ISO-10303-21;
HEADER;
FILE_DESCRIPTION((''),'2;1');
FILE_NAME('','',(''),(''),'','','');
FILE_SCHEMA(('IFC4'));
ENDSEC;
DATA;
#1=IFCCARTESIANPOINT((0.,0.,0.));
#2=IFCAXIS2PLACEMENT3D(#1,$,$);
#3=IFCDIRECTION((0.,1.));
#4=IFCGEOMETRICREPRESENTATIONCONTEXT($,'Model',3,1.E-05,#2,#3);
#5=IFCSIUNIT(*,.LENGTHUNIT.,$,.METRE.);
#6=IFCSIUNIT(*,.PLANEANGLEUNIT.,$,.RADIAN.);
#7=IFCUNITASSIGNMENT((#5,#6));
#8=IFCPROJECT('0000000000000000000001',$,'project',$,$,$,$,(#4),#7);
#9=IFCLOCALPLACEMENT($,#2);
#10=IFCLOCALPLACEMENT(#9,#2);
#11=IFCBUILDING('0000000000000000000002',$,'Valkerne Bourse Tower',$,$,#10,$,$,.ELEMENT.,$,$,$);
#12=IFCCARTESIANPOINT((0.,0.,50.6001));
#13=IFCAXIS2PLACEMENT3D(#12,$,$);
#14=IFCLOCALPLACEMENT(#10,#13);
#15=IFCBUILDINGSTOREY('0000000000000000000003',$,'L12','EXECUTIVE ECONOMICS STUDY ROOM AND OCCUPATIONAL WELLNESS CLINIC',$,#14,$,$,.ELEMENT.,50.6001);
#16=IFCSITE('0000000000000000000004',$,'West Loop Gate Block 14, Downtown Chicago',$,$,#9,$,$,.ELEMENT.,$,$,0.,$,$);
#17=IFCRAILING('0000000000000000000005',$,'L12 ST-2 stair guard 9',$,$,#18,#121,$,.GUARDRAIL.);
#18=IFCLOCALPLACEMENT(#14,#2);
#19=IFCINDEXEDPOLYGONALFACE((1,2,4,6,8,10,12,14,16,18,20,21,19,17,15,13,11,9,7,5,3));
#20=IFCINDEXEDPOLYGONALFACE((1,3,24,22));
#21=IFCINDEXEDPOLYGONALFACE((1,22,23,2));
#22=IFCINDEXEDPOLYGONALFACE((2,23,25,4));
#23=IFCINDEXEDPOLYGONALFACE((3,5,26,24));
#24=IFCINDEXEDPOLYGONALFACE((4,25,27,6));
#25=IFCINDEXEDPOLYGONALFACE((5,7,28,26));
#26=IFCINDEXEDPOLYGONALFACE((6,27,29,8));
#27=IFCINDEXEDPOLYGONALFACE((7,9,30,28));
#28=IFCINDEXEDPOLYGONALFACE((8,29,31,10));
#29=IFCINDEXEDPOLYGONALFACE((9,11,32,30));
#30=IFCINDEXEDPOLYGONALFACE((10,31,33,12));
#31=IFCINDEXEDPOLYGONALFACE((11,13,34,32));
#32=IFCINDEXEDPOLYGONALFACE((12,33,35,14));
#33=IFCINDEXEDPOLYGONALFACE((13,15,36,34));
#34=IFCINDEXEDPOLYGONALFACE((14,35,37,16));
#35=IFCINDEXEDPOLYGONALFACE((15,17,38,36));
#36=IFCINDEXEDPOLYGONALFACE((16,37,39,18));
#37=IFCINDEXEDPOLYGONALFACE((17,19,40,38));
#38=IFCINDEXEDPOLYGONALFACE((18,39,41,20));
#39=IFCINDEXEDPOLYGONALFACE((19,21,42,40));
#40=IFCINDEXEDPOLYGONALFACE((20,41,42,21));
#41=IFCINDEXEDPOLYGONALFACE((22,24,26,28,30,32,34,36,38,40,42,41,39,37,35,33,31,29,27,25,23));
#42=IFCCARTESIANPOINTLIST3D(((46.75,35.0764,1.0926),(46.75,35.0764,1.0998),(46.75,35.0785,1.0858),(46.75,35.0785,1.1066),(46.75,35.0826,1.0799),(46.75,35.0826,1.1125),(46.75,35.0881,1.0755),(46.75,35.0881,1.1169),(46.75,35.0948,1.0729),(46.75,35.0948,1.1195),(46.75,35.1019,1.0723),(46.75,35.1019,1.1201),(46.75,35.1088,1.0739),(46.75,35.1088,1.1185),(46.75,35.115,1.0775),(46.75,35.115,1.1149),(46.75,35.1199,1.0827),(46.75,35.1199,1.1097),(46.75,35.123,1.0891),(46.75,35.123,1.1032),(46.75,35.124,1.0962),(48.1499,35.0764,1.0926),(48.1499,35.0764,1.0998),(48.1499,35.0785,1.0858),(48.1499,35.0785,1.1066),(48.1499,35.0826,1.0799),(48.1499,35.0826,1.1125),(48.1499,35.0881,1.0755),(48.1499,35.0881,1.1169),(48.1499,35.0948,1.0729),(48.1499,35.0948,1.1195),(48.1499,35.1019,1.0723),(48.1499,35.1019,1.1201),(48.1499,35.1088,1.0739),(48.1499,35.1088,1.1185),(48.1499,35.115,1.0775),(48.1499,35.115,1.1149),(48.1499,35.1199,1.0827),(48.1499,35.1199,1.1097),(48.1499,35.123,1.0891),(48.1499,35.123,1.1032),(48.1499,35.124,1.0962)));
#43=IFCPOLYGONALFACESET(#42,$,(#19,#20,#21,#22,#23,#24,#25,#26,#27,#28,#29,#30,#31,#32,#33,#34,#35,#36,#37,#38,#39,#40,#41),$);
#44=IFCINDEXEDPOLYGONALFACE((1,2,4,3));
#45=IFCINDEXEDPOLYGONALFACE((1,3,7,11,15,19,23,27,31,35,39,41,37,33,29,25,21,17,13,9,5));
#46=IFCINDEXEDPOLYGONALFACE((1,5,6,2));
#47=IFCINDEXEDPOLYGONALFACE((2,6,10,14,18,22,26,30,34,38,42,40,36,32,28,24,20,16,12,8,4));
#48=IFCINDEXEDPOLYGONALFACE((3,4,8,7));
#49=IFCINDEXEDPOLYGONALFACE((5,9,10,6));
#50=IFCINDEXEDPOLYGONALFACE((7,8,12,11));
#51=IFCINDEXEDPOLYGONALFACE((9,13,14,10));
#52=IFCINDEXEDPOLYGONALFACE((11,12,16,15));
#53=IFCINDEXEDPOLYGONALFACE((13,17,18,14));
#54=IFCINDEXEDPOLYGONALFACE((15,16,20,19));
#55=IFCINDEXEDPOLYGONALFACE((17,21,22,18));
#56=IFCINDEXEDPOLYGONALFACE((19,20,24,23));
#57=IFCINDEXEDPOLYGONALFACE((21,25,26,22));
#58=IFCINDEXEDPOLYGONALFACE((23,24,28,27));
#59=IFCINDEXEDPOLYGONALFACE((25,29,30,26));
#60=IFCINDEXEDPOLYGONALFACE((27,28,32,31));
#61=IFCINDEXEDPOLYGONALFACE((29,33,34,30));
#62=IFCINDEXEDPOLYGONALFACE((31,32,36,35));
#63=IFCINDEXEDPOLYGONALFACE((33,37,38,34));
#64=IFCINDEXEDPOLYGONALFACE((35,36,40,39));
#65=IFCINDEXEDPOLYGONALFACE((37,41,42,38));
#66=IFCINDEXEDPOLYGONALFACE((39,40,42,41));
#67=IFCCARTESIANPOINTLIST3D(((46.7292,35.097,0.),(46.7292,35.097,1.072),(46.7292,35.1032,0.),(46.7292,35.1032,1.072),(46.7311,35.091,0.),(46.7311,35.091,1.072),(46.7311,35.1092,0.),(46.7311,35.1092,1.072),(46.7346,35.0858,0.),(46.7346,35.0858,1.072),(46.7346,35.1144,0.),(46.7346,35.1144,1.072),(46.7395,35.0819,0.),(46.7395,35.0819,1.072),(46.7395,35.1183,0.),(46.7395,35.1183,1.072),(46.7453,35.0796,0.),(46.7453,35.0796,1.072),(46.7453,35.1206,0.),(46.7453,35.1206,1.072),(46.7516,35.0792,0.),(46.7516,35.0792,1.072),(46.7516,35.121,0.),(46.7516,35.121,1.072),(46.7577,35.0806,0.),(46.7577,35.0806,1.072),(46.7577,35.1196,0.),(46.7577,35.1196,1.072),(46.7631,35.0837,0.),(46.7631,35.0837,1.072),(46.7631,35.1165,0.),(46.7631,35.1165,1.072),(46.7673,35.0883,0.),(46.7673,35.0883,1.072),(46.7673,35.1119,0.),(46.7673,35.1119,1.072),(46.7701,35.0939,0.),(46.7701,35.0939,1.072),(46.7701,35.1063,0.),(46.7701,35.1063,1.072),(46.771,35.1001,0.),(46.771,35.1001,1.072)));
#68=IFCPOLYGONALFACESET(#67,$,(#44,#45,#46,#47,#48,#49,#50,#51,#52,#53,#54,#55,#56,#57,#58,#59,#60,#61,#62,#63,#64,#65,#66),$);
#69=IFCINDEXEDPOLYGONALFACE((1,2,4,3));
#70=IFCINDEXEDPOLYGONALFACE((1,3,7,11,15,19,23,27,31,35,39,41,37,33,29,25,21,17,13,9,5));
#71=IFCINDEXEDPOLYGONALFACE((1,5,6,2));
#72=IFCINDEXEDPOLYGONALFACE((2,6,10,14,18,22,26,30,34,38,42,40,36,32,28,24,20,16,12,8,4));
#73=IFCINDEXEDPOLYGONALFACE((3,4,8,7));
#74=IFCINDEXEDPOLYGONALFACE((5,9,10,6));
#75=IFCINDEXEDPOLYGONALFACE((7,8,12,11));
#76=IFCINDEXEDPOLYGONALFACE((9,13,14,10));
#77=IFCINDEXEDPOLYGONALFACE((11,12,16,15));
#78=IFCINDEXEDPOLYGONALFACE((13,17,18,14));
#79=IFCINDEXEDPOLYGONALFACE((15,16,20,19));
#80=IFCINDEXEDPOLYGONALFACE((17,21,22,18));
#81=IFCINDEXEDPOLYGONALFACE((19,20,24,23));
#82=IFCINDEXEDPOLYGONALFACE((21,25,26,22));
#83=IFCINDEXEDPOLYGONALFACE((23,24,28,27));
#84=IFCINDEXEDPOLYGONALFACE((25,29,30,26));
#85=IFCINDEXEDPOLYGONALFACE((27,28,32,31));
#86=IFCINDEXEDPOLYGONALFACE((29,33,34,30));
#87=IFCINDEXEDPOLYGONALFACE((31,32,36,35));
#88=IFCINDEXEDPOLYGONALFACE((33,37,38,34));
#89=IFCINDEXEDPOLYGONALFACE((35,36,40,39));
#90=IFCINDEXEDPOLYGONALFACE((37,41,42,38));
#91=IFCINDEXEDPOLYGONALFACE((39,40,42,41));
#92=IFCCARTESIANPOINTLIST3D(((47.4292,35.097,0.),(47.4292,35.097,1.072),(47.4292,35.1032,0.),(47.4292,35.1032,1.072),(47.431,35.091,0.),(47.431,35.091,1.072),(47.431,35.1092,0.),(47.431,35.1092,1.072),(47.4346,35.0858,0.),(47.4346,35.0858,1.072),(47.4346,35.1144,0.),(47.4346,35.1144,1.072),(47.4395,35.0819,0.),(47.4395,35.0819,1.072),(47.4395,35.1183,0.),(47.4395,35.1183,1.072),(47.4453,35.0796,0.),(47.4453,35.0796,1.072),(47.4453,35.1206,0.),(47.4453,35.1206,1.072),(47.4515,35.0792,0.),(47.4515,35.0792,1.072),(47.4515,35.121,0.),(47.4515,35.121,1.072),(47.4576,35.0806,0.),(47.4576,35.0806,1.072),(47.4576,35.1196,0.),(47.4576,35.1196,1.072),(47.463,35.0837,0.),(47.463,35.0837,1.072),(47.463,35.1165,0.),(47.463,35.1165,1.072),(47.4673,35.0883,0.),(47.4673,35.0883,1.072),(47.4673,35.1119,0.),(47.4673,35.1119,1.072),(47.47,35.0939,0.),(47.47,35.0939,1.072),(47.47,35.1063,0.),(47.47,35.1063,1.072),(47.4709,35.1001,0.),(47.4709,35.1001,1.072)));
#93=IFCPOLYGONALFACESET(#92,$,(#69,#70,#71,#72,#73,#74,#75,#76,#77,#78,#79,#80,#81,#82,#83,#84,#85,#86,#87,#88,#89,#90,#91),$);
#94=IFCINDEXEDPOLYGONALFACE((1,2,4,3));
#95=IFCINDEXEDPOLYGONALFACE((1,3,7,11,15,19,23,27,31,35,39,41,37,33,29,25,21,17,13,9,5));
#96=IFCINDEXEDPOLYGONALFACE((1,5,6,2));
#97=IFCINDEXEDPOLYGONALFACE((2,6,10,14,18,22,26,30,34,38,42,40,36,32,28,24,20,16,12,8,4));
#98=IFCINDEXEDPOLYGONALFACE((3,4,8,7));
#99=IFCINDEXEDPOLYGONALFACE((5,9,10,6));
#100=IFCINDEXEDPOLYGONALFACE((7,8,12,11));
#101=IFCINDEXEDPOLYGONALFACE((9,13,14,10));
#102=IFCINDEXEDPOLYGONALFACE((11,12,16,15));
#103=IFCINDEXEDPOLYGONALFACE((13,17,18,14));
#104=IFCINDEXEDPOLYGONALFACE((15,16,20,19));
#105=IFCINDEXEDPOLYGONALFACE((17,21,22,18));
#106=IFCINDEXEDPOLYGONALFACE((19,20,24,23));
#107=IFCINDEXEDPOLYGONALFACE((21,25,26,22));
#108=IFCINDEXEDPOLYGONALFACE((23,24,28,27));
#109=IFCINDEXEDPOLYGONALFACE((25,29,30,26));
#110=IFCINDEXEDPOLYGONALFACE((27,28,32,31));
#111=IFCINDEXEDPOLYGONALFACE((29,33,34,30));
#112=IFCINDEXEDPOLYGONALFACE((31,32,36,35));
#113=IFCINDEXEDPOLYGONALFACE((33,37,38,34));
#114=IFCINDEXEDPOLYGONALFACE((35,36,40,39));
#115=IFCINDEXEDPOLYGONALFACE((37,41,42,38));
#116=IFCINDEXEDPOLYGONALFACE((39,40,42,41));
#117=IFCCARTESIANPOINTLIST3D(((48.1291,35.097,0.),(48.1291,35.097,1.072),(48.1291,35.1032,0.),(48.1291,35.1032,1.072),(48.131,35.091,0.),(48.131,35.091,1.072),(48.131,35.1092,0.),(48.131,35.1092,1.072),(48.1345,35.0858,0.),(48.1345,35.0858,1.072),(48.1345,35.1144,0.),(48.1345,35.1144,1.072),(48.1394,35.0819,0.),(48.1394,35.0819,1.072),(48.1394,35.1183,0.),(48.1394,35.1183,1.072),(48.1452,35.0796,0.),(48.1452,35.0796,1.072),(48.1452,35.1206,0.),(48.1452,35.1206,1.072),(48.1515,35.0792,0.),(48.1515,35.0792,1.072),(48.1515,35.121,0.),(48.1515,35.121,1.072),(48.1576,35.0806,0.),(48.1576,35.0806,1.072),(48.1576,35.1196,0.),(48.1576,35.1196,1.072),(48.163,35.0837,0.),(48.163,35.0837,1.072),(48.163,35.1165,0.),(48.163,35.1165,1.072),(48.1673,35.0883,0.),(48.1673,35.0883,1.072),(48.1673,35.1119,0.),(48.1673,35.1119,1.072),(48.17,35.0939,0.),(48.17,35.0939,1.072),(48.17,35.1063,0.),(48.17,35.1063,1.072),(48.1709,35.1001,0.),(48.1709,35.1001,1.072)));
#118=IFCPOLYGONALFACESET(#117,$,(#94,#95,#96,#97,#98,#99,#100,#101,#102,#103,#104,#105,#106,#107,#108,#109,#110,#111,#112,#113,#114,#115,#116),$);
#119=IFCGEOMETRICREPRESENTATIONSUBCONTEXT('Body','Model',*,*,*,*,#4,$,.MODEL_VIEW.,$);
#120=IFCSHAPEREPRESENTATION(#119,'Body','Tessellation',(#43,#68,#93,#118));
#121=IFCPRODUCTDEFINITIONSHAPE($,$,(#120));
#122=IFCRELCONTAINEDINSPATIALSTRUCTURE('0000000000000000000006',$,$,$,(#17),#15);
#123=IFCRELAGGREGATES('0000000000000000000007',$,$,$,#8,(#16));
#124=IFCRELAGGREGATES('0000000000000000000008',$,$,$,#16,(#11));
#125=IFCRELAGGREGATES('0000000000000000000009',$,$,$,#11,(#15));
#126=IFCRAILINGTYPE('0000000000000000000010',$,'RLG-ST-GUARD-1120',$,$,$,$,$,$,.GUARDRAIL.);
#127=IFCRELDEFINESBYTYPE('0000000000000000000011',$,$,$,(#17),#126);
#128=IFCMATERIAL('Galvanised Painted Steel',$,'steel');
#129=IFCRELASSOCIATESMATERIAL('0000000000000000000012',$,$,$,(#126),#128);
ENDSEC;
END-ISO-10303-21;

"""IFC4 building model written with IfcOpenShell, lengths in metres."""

from ifc_helpers import new_model, si_unit, direction, frame, origin, origin_2d, place, context, subcontext, project, spatial, circle, extrude, material, type_object, element, save


model = new_model("IFC4")

# Units and contexts
model_context = context("Model", 3, precision=1e-05, world=origin(), true_north=direction((0.0, 1.0)))
body_context = subcontext(model_context, "Body", "Model", "MODEL_VIEW")
ifc_project = project(units=[si_unit("LENGTHUNIT", "METRE"), si_unit("PLANEANGLEUNIT", "RADIAN")], contexts=[model_context])

# Site, building, storey
site_placement = place(None, origin())
site = spatial("IfcSite", under=ifc_project, at=site_placement, Name="West Loop Gate Block 14, Downtown Chicago", CompositionType="ELEMENT", RefElevation=0.0)
building_placement = place(site_placement, origin())
building = spatial("IfcBuilding", under=site, at=building_placement, Name="Valkerne Bourse Tower", CompositionType="ELEMENT")
storey_placement = place(building_placement, frame((0.0, 0.0, 50.6001)))
storey = spatial("IfcBuildingStorey", under=building, at=storey_placement, Name="L12", Description="EXECUTIVE ECONOMICS STUDY ROOM AND OCCUPATIONAL WELLNESS CLINIC", CompositionType="ELEMENT", Elevation=50.6001)

# Shared definitions
ifc_material_1 = material(Name="Galvanised Painted Steel", Category="steel")

# Railing
railing_type_1 = type_object("IfcRailingType", Name="RLG-ST-GUARD-1120", PredefinedType="GUARDRAIL", material=ifc_material_1)
for number, where, name in (
    (1, (46.75, 35.1001, 0.0), "L12 ST-2 stair guard 9"),
):
    element("IfcRailing", number, at=place(storey_placement, frame(where)), inside=storey, type_object=railing_type_1, Name=name, PredefinedType="GUARDRAIL", context=body_context, shape_type="SweptSolid", body=[
        extrude(circle(Radius=0.0239, at=origin_2d()), frame((0.0, 0.0, 1.0962), z_axis=(1.0, 0.0, 0.0), x_axis=(0.0, 1.0, 0.0)), (0.0, 0.0, 1.0), 1.3999),
        extrude(circle(Radius=0.021, at=origin_2d()), origin(), (0.0, 0.0, 1.0), 1.072),
        extrude(circle(Radius=0.021, at=origin_2d()), frame((0.7, 0.0, 0.0)), (0.0, 0.0, 1.0), 1.072),
        extrude(circle(Radius=0.021, at=origin_2d()), frame((1.3999, 0.0, 0.0)), (0.0, 0.0, 1.0), 1.072),
    ])

save(model, "model.ifc")
